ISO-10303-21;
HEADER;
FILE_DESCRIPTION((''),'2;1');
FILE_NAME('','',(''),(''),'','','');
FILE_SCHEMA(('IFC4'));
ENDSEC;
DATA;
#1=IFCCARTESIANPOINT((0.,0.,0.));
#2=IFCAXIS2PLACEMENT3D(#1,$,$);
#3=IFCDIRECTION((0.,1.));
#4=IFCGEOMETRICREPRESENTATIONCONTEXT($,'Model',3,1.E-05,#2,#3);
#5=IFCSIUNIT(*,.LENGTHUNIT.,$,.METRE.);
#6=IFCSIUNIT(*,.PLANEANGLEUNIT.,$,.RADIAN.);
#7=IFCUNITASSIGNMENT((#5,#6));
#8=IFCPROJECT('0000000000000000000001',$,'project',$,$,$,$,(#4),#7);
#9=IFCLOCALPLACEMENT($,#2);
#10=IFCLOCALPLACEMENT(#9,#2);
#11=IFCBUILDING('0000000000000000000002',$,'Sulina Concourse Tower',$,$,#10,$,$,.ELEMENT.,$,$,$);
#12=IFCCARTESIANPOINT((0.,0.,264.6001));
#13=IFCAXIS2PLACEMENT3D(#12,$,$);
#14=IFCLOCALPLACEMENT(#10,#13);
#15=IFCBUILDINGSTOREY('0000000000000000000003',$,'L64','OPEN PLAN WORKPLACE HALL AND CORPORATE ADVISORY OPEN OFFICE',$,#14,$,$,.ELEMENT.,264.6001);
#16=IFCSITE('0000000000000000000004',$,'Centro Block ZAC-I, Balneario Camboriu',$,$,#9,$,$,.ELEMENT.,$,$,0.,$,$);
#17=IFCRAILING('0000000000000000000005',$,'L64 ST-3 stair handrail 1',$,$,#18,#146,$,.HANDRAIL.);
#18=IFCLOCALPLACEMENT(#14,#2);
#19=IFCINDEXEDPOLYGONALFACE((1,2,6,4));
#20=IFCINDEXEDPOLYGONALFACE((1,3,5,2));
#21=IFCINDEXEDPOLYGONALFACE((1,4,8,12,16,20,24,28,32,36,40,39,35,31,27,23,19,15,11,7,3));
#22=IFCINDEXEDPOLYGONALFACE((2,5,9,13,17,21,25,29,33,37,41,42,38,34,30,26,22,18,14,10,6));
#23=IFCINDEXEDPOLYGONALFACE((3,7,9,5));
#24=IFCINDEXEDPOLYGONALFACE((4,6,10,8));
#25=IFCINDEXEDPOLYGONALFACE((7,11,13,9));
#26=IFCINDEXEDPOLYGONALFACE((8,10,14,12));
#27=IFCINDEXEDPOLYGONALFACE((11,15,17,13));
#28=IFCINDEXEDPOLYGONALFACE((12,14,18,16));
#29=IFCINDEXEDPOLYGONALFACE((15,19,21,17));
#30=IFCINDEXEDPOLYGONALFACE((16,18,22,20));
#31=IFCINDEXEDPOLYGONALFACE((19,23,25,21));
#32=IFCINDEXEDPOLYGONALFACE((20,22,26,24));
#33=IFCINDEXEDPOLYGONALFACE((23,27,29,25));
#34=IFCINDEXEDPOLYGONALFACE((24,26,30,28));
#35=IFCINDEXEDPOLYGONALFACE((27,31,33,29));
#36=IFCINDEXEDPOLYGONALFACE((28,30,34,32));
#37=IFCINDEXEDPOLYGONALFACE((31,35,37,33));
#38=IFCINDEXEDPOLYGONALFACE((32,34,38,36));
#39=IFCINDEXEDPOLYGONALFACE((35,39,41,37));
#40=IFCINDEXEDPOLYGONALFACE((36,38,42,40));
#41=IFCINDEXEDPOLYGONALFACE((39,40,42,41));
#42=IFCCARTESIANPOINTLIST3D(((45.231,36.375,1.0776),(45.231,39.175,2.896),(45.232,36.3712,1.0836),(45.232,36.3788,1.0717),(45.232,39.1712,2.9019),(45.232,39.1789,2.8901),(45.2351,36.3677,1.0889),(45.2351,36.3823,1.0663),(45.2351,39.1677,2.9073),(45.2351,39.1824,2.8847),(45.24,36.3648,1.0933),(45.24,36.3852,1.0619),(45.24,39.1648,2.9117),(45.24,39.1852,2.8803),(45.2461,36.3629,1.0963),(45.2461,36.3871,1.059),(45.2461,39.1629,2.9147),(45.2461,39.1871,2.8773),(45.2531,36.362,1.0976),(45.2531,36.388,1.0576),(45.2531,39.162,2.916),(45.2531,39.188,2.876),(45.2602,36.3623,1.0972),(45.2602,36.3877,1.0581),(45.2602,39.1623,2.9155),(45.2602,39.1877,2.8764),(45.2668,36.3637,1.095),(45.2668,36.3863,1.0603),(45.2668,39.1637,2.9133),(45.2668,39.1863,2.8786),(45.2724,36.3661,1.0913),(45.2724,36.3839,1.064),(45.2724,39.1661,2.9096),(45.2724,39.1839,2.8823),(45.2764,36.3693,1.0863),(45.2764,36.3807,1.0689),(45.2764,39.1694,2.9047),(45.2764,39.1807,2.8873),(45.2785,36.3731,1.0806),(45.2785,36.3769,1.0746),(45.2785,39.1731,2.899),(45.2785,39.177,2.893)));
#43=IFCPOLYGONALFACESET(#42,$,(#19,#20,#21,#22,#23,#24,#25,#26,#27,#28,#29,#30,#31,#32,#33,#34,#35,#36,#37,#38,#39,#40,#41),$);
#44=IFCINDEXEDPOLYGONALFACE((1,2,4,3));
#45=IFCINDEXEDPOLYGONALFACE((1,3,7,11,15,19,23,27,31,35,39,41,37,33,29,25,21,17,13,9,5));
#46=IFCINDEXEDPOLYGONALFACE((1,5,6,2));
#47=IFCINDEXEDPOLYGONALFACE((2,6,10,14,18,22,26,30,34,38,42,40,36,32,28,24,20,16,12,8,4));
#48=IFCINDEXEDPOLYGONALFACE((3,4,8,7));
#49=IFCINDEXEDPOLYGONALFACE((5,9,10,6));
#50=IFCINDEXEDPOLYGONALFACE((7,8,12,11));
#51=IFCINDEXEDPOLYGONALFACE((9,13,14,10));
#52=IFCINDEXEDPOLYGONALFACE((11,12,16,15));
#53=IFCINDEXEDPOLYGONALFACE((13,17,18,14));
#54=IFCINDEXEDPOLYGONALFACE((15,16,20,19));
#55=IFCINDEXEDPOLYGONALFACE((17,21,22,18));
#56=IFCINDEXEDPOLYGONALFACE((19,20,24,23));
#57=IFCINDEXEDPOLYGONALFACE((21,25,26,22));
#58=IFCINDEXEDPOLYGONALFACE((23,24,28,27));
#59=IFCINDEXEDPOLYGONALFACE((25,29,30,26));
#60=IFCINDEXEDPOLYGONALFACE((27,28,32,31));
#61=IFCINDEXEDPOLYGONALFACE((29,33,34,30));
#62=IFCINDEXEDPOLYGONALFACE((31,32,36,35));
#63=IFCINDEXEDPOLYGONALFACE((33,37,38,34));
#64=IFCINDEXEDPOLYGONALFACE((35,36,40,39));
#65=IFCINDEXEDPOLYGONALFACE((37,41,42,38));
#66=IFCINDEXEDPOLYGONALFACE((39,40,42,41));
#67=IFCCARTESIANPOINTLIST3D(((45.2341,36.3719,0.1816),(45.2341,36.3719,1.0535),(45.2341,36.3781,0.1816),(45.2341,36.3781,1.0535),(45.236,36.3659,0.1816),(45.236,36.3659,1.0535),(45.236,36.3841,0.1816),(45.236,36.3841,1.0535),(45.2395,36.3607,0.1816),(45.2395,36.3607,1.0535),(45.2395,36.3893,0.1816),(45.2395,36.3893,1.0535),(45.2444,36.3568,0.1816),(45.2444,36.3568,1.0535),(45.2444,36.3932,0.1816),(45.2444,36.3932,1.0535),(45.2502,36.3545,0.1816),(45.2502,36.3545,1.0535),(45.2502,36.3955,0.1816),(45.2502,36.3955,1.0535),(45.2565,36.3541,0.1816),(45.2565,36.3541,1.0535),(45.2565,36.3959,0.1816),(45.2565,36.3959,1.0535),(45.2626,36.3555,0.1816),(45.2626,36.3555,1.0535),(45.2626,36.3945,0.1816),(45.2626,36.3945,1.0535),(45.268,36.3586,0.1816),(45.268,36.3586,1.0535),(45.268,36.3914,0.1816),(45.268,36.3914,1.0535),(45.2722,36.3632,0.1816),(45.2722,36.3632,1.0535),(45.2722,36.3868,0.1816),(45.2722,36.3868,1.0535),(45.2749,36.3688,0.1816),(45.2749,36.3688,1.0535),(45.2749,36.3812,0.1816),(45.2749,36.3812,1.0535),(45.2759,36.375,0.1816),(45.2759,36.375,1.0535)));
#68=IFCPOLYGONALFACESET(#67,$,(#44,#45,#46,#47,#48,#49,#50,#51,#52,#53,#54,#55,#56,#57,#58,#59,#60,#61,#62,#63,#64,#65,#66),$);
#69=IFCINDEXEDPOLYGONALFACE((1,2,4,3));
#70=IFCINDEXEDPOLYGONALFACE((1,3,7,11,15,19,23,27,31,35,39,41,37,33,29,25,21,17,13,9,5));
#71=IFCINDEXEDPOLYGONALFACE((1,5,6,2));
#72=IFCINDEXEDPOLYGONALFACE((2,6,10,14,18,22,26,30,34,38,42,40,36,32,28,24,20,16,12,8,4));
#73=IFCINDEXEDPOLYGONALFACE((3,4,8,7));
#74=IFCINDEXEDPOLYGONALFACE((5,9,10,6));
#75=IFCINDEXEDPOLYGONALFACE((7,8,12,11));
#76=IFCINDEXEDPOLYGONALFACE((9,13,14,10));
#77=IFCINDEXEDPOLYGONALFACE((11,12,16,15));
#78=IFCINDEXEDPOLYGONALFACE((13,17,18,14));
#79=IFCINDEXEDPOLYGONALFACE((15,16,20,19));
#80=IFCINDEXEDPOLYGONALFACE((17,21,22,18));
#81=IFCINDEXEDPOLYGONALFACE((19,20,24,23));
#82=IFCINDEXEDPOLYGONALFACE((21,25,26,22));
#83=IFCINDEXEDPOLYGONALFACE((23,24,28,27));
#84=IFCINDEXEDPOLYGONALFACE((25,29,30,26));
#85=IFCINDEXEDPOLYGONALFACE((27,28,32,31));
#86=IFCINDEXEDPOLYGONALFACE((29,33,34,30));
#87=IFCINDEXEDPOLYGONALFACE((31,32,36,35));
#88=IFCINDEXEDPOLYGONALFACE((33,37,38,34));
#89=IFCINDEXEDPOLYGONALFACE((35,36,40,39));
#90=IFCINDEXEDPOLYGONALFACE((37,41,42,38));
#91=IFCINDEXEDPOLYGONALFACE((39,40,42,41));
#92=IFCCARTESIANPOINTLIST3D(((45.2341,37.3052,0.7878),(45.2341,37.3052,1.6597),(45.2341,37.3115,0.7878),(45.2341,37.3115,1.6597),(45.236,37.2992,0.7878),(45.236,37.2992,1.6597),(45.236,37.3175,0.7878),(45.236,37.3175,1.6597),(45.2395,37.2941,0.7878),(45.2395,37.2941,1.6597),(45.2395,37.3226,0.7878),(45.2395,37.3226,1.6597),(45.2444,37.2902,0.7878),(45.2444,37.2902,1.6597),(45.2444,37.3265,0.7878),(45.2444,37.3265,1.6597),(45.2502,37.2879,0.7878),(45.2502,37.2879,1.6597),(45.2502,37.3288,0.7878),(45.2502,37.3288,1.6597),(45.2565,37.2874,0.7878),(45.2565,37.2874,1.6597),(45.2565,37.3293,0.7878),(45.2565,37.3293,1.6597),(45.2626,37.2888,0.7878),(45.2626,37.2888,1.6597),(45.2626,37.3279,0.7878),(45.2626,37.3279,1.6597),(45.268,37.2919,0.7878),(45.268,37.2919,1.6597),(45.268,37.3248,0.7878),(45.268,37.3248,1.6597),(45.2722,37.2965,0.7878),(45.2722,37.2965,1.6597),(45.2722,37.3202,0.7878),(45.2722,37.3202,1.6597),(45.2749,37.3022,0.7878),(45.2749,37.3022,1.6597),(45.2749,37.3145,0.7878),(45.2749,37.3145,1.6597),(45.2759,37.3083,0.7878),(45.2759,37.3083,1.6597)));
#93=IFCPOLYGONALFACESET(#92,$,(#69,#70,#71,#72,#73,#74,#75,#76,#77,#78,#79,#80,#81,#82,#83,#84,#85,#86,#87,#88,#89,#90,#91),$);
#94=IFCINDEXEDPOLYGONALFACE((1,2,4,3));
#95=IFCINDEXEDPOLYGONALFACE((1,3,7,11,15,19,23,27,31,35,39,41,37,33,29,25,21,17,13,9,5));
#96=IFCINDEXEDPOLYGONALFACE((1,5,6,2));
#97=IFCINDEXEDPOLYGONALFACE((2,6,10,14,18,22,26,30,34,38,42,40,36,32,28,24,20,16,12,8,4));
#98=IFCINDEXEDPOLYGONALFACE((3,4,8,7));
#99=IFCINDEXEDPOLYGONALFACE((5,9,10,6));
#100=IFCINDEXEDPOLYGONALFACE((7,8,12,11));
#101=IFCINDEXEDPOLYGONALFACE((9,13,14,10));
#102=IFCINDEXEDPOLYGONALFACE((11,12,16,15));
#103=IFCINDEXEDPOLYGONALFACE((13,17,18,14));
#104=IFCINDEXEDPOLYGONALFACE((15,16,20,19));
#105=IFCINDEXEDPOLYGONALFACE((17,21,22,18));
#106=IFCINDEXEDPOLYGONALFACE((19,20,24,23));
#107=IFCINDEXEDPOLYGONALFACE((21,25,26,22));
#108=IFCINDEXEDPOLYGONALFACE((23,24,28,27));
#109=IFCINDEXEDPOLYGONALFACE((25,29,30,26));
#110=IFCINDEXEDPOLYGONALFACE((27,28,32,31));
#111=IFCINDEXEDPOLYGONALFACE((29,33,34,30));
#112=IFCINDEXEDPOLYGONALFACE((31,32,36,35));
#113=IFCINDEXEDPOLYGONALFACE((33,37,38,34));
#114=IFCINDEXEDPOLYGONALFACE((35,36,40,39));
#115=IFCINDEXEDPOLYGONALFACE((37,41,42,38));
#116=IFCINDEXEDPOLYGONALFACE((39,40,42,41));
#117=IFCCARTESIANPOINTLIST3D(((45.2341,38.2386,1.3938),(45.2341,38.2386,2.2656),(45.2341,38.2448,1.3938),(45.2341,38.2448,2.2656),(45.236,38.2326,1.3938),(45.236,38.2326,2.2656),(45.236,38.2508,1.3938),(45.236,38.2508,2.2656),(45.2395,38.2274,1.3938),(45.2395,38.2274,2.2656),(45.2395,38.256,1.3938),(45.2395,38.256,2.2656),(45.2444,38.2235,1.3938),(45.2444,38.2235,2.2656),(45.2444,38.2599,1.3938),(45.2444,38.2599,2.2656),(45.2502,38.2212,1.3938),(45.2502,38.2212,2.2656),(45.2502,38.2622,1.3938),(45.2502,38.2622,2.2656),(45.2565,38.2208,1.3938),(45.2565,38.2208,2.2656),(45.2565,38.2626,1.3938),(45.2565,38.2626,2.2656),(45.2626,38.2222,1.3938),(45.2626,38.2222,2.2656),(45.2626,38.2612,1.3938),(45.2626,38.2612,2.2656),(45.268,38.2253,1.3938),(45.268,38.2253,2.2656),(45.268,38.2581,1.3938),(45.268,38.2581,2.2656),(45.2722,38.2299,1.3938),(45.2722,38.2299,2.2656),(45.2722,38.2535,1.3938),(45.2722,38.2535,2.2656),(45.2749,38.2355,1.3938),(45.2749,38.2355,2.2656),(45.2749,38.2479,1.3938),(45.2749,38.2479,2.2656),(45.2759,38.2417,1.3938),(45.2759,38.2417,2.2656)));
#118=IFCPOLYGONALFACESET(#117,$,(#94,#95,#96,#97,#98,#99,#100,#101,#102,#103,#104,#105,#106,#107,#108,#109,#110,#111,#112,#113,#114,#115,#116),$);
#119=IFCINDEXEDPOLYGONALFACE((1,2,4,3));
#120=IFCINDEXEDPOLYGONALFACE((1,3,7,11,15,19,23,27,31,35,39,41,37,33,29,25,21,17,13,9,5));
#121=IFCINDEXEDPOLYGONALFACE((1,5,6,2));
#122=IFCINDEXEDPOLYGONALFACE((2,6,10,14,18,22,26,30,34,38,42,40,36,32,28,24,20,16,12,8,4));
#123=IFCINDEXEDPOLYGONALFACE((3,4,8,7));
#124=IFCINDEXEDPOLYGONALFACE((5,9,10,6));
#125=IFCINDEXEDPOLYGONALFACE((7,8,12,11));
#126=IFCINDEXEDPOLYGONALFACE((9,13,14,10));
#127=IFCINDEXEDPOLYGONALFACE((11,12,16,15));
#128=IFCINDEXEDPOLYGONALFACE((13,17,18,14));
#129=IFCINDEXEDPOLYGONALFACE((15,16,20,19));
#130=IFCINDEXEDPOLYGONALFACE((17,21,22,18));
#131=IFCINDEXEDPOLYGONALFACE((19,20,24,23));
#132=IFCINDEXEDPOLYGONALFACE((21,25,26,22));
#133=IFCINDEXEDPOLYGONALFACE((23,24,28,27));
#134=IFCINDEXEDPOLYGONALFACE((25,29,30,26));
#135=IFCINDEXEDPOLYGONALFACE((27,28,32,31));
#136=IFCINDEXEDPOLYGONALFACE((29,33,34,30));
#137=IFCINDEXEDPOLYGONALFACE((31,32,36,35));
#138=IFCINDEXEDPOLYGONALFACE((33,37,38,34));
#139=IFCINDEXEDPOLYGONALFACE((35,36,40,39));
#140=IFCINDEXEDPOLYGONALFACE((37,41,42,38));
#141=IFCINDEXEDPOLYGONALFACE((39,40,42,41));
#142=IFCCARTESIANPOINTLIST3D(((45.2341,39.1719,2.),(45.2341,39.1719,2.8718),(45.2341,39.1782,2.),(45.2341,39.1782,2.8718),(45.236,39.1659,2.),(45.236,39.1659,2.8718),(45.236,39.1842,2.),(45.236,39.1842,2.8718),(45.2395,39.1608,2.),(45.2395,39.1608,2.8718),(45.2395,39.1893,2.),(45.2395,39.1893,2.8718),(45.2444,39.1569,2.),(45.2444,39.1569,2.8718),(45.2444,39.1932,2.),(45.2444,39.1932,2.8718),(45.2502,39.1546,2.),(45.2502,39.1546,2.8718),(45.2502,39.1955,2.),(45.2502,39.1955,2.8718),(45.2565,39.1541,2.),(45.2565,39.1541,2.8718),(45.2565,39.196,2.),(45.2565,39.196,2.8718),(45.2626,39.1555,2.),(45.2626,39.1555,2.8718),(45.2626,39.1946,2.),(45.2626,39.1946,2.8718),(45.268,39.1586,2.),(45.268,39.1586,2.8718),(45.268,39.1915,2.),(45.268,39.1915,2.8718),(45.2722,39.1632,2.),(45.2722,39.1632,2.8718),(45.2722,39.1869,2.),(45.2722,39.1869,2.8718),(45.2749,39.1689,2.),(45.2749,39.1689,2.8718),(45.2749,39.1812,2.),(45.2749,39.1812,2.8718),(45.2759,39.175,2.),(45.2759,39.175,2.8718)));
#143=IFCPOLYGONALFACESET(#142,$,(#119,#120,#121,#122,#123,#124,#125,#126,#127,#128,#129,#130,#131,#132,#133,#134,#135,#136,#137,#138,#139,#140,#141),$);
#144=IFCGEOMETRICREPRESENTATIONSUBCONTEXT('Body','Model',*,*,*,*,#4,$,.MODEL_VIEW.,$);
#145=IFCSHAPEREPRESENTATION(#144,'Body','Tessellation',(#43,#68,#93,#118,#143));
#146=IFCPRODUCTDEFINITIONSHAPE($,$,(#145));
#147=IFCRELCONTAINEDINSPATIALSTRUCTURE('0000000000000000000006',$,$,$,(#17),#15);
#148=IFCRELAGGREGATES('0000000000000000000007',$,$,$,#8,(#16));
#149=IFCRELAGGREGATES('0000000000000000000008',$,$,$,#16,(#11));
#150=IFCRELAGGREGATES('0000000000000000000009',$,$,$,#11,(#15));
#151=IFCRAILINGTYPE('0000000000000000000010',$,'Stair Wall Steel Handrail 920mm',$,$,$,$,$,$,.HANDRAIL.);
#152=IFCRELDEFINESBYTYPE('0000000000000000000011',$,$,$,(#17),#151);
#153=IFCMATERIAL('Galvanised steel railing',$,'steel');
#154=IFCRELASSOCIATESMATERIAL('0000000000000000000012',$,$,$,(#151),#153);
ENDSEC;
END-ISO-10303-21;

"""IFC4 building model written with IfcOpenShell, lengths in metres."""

from ifc_helpers import new_model, si_unit, direction, frame, origin, origin_2d, place, context, subcontext, project, spatial, circle, extrude, material, type_object, element, save


model = new_model("IFC4")

# Units and contexts
model_context = context("Model", 3, precision=1e-05, world=origin(), true_north=direction((0.0, 1.0)))
body_context = subcontext(model_context, "Body", "Model", "MODEL_VIEW")
ifc_project = project(units=[si_unit("LENGTHUNIT", "METRE"), si_unit("PLANEANGLEUNIT", "RADIAN")], contexts=[model_context])

# Site, building, storey
site_placement = place(None, origin())
site = spatial("IfcSite", under=ifc_project, at=site_placement, Name="Centro Block ZAC-I, Balneario Camboriu", CompositionType="ELEMENT", RefElevation=0.0)
building_placement = place(site_placement, origin())
building = spatial("IfcBuilding", under=site, at=building_placement, Name="Sulina Concourse Tower", CompositionType="ELEMENT")
storey_placement = place(building_placement, frame((0.0, 0.0, 264.6001)))
storey = spatial("IfcBuildingStorey", under=building, at=storey_placement, Name="L64", Description="OPEN PLAN WORKPLACE HALL AND CORPORATE ADVISORY OPEN OFFICE", CompositionType="ELEMENT", Elevation=264.6001)

# Railing
ifc_material_1 = material(Name="Galvanised steel railing", Category="steel")
railing_type_1 = type_object("IfcRailingType", Name="Stair Wall Steel Handrail 920mm", PredefinedType="HANDRAIL", material=ifc_material_1)
railing_1_placement = place(storey_placement, frame((45.2549, 36.375, 0.1816)))
element("IfcRailing", 1, at=railing_1_placement, inside=storey, type_object=railing_type_1, Name="L64 ST-3 stair handrail 1", PredefinedType="HANDRAIL", context=body_context, shape_type="SweptSolid", body=[
    extrude(circle(Radius=0.0239, at=origin_2d()), frame((0.0, 0.0, 0.896), z_axis=(0.0, 0.838672, 0.544636), x_axis=(-1.0, 0.0, 0.0)), (0.0, 0.0, 1.0), 3.3386),
    extrude(circle(Radius=0.021, at=origin_2d()), origin(), (0.0, 0.0, 1.0), 0.8718),
    extrude(circle(Radius=0.021, at=origin_2d()), frame((0.0, 0.9333, 0.6062)), (0.0, 0.0, 1.0), 0.8718),
    extrude(circle(Radius=0.021, at=origin_2d()), frame((0.0, 1.8667, 1.2122)), (0.0, 0.0, 1.0), 0.8718),
    extrude(circle(Radius=0.021, at=origin_2d()), frame((0.0, 2.8, 1.8184)), (0.0, 0.0, 1.0), 0.8718),
])

save(model, "model.ifc")
